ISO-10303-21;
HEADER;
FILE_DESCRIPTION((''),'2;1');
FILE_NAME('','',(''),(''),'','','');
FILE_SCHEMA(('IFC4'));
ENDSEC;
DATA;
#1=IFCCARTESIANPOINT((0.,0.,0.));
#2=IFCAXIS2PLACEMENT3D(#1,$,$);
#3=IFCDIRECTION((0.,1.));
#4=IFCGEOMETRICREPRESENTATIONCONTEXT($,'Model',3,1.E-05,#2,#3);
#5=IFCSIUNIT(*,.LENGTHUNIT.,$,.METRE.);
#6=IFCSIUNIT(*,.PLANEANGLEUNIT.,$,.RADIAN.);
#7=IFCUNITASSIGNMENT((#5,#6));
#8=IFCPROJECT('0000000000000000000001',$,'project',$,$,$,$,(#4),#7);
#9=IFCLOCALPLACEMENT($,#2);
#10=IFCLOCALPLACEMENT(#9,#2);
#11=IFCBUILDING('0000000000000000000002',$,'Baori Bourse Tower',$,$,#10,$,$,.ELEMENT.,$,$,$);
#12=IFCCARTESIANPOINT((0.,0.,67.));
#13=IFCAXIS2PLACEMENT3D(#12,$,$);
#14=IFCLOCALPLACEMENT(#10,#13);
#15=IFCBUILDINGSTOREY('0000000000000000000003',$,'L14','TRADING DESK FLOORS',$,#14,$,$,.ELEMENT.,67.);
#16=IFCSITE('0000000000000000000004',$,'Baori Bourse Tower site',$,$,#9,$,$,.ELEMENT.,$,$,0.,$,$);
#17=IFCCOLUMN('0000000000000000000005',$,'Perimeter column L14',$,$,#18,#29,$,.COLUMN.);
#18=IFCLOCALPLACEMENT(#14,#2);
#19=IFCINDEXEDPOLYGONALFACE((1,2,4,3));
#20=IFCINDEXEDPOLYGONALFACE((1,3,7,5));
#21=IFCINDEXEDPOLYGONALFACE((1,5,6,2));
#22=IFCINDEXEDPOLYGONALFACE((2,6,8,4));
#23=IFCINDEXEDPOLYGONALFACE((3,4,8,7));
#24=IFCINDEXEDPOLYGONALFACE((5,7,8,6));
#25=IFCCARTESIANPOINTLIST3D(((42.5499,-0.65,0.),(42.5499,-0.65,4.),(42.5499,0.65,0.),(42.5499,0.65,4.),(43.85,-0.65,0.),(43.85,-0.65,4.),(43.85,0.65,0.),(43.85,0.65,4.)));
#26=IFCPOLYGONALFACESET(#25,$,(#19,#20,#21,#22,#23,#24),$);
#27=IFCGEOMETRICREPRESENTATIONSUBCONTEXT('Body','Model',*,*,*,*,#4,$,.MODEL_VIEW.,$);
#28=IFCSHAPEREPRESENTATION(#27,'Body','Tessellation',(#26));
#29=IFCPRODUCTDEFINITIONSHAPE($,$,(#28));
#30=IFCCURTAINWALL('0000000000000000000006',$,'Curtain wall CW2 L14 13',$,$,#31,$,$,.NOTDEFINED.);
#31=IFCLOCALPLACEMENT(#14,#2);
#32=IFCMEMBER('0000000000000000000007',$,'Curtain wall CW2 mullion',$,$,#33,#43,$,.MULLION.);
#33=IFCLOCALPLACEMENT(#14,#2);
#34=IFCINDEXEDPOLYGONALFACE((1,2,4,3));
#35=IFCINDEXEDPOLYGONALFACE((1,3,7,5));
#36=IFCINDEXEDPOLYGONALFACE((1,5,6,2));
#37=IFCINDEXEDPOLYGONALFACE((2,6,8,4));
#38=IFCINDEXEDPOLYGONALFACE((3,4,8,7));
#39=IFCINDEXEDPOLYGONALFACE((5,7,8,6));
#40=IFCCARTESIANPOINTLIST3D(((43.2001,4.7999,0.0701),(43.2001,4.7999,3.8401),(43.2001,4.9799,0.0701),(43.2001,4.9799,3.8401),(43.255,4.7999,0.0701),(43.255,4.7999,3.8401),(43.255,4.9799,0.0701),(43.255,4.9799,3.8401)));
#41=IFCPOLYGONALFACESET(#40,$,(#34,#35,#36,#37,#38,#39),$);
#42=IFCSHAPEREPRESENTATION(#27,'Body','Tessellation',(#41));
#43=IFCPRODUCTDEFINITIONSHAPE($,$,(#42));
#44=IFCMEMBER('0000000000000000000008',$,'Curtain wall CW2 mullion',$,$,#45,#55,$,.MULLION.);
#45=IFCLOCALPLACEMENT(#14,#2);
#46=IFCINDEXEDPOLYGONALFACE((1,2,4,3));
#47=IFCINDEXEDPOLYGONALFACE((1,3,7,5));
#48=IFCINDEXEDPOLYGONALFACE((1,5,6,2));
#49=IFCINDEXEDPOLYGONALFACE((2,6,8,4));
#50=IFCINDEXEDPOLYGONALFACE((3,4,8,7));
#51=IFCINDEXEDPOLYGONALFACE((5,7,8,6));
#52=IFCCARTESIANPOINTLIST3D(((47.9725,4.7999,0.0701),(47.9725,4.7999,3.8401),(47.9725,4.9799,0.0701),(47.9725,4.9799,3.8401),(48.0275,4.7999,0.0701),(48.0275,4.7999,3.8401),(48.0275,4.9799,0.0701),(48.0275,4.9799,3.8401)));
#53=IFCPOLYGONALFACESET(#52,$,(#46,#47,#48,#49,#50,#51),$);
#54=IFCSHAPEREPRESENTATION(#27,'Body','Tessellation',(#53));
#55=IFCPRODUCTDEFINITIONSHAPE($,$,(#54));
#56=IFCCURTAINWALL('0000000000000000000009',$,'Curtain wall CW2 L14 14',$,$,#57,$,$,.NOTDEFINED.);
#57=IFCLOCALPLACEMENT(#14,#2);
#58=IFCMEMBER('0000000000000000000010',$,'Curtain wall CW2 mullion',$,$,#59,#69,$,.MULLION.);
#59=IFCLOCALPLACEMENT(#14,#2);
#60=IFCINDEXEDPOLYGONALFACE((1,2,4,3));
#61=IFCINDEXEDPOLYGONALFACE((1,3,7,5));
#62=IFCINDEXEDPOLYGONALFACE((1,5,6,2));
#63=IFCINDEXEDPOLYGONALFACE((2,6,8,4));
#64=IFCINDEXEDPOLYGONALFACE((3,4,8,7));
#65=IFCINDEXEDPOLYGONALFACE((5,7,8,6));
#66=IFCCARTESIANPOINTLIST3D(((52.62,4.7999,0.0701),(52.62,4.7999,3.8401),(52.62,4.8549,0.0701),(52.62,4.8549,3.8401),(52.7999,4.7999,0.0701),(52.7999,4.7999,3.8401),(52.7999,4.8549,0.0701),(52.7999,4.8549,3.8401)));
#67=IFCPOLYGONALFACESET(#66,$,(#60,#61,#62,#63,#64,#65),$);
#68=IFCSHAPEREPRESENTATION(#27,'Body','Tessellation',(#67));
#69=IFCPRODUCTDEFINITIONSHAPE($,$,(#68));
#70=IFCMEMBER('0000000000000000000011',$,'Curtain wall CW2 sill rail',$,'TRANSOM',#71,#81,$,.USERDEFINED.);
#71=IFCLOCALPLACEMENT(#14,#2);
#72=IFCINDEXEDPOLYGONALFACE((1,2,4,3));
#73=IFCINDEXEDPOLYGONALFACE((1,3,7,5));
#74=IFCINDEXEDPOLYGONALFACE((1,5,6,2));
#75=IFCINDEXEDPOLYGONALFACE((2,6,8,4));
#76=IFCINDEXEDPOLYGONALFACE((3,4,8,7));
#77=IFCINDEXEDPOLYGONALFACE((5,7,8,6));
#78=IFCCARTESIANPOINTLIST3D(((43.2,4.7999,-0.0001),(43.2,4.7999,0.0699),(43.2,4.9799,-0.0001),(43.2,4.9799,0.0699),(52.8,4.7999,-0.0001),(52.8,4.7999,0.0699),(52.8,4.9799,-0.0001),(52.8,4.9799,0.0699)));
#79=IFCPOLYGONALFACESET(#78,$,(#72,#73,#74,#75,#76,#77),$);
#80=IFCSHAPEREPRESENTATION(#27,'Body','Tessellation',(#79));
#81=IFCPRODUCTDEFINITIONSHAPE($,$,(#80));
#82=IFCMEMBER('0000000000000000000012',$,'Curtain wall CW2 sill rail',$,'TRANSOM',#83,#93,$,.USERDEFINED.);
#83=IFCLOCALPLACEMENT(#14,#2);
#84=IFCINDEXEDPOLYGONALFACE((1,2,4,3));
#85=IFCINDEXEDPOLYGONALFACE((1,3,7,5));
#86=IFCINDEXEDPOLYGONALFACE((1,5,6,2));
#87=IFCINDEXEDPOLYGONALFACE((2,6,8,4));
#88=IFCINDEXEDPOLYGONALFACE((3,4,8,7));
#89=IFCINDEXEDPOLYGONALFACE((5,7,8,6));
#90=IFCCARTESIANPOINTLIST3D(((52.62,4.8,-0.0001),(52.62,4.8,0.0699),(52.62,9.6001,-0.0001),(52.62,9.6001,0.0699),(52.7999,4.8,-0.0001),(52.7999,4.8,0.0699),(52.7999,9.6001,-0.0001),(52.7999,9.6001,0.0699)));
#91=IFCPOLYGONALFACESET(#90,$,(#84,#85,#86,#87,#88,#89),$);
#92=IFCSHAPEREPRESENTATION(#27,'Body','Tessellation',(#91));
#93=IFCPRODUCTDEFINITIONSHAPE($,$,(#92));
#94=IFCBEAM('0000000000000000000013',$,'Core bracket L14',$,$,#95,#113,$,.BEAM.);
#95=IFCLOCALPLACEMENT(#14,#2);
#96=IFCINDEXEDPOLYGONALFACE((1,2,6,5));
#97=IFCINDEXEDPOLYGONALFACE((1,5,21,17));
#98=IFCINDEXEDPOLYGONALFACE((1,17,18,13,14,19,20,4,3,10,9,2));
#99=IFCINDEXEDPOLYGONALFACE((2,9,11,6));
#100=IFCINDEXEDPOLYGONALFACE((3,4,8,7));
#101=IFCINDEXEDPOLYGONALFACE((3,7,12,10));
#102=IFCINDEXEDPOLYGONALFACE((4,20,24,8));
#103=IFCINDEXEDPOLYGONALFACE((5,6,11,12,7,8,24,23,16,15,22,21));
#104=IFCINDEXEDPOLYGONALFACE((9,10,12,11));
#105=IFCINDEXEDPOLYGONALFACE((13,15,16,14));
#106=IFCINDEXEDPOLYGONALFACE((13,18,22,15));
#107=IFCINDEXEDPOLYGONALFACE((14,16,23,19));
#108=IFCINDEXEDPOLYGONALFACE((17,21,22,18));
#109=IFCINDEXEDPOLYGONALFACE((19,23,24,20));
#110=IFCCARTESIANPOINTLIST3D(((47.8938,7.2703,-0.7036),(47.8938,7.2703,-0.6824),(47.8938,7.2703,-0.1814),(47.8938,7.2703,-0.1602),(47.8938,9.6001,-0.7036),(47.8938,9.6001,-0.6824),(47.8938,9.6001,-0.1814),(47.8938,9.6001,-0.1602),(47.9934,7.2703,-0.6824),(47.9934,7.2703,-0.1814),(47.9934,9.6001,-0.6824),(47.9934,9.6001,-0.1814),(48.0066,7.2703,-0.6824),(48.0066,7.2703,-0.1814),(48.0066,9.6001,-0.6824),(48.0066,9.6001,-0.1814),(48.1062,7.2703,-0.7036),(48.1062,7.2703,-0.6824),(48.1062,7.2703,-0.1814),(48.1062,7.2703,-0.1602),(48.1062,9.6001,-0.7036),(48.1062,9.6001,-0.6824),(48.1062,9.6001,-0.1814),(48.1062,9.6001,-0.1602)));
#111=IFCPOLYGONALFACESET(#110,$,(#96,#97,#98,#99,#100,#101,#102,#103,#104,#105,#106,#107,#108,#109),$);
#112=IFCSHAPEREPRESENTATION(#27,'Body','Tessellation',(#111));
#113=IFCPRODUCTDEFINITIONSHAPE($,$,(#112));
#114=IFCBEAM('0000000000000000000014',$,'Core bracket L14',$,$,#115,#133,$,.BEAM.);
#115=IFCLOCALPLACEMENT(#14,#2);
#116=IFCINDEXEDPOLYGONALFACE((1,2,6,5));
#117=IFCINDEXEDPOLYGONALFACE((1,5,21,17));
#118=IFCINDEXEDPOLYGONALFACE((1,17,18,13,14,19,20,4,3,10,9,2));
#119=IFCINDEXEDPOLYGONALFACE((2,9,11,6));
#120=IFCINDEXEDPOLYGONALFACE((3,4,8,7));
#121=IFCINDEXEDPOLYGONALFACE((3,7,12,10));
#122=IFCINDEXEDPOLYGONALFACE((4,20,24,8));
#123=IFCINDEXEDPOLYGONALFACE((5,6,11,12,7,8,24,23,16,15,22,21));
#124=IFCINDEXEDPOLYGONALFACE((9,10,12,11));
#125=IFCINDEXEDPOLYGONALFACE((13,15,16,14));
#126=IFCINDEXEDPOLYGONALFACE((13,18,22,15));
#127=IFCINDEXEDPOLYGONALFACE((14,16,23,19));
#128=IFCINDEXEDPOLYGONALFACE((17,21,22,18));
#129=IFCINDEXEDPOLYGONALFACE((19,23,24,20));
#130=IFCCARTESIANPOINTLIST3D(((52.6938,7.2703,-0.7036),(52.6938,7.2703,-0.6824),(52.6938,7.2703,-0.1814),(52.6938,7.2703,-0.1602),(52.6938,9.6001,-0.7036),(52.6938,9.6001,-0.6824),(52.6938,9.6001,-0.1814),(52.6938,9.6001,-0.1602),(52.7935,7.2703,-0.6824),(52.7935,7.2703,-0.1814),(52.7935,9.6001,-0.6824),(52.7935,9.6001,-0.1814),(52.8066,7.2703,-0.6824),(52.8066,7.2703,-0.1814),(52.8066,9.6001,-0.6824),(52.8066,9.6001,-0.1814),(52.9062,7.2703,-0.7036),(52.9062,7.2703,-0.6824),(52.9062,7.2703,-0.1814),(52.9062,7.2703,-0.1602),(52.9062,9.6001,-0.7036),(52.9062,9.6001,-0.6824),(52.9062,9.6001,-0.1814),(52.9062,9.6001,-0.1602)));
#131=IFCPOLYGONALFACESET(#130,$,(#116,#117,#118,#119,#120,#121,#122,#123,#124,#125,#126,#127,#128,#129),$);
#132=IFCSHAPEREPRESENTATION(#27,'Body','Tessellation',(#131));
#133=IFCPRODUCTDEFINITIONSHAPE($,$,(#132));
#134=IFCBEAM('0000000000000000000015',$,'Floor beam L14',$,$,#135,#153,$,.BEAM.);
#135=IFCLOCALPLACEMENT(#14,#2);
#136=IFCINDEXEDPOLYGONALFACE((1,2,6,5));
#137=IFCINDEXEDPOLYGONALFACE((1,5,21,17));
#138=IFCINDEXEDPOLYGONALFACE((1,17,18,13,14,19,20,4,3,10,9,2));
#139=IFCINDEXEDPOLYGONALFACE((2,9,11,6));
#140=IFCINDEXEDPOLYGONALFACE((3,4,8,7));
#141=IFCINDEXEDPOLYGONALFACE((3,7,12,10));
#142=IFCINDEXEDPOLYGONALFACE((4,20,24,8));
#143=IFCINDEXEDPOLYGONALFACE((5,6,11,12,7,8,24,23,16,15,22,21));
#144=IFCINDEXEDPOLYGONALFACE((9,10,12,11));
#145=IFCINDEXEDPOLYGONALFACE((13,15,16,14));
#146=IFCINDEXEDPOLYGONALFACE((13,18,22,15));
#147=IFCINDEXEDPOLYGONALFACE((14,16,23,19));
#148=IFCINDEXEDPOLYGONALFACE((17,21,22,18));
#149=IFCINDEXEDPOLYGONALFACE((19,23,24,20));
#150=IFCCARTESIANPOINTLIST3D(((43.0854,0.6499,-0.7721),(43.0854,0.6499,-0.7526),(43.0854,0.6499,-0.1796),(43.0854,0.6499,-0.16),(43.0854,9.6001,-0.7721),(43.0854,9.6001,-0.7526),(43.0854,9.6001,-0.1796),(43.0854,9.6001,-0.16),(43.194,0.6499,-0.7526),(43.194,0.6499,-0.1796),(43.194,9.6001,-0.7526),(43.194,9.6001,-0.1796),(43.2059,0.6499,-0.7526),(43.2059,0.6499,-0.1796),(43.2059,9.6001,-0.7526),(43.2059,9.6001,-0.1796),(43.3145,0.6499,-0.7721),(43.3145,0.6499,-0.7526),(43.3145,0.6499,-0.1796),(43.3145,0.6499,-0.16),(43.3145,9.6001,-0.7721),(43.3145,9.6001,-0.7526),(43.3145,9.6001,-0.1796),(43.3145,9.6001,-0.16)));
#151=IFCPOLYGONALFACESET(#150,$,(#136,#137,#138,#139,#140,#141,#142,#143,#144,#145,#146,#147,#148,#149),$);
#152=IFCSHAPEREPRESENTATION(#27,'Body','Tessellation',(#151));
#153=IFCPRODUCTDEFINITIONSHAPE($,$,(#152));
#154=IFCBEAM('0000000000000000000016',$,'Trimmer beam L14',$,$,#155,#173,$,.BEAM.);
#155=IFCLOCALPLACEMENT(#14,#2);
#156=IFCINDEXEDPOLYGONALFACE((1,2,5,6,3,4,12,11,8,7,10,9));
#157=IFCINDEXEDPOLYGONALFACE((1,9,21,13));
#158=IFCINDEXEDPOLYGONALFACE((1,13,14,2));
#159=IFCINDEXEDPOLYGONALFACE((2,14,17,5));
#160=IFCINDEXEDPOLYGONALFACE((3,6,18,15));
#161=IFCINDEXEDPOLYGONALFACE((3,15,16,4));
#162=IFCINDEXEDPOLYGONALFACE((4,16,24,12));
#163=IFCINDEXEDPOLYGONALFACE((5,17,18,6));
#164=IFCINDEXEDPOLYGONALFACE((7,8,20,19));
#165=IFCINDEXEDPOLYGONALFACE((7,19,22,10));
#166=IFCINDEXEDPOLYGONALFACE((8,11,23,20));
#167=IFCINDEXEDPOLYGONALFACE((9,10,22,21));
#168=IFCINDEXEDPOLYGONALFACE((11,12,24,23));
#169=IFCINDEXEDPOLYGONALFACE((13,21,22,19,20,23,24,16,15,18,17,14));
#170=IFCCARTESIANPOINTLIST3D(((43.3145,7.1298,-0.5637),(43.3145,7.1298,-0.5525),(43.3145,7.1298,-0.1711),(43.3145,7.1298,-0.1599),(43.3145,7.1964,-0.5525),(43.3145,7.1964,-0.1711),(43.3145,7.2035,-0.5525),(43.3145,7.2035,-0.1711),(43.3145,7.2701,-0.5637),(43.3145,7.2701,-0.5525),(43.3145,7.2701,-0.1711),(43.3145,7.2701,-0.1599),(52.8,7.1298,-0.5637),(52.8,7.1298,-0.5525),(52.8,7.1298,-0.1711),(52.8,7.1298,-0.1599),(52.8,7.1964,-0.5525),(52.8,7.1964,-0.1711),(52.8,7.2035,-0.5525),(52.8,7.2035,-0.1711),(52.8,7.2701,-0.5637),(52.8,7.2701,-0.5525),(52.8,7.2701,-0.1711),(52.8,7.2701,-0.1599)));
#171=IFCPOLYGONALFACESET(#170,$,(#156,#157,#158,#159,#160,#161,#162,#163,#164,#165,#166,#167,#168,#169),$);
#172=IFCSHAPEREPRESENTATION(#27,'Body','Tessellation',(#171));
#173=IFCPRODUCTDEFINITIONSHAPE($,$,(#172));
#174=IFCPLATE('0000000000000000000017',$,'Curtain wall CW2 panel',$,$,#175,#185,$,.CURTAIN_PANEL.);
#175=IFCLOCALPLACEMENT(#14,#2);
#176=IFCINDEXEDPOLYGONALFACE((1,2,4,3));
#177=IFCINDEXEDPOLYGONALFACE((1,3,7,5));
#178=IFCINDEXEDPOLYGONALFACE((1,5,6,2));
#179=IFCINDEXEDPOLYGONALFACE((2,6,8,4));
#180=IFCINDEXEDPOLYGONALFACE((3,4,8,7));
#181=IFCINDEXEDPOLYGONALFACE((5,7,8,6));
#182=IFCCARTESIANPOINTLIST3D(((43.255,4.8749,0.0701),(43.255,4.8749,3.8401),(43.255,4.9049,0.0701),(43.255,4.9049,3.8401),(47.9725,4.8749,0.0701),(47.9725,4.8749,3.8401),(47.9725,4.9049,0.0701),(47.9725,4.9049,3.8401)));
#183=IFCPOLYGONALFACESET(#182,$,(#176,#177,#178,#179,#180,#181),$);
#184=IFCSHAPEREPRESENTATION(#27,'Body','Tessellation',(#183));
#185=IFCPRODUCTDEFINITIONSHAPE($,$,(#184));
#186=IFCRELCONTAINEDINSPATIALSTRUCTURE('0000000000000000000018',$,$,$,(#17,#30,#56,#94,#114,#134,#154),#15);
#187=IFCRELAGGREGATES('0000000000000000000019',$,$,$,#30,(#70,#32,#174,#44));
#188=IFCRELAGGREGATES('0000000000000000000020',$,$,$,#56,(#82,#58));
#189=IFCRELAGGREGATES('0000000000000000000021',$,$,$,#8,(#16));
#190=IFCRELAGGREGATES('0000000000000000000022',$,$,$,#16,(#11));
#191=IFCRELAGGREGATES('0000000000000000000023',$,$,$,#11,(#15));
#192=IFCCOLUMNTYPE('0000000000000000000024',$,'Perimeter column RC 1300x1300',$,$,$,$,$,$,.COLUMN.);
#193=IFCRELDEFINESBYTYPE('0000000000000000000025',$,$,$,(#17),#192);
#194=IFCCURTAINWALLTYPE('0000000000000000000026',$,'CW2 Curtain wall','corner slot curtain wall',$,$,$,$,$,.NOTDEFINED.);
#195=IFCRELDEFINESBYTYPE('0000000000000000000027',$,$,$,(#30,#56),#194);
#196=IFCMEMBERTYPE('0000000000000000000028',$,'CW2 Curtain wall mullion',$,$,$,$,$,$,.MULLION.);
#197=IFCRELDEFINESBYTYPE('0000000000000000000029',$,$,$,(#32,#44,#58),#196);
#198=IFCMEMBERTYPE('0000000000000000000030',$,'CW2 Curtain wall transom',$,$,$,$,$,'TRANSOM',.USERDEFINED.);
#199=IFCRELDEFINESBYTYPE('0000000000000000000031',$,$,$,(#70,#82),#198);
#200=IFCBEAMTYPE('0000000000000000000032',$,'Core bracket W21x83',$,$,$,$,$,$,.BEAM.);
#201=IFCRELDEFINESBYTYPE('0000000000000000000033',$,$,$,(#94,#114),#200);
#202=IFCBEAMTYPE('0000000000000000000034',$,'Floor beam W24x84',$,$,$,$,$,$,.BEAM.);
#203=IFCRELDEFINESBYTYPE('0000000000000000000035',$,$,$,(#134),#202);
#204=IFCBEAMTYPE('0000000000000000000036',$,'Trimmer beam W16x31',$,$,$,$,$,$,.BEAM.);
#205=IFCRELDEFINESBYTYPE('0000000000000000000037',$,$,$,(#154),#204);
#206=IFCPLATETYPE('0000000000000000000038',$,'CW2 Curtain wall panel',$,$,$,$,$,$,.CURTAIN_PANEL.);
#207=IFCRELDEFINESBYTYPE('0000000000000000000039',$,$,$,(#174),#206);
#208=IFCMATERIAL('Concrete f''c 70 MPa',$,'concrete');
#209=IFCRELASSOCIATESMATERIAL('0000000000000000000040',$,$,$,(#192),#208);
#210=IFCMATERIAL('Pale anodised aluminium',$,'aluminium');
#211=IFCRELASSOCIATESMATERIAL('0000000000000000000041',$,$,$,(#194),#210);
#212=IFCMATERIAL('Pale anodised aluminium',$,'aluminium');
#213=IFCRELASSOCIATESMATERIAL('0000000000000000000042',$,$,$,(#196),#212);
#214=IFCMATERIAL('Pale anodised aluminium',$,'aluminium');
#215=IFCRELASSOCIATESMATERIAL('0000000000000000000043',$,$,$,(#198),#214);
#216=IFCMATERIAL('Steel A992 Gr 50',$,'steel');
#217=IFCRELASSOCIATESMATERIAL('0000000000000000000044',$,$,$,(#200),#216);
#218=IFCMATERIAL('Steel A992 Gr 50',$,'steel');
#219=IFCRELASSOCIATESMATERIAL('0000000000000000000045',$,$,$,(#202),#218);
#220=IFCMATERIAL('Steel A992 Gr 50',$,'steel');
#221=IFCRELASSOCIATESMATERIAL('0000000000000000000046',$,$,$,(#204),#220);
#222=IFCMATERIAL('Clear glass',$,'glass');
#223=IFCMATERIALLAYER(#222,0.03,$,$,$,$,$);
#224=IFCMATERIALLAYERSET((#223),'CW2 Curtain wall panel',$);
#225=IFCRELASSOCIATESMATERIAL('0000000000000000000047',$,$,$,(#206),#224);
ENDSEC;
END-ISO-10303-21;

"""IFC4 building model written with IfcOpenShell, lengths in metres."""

from ifc_helpers import new_model, si_unit, direction, frame, origin, origin_2d, place, context, subcontext, project, spatial, rectangle, i_section, extrude, material, layer, layer_set, material_profile, profile_set, type_object, element, aggregate, save


model = new_model("IFC4")

# Units and contexts
model_context = context("Model", 3, precision=1e-05, world=origin(), true_north=direction((0.0, 1.0)))
body_context = subcontext(model_context, "Body", "Model", "MODEL_VIEW")
ifc_project = project(units=[si_unit("LENGTHUNIT", "METRE"), si_unit("PLANEANGLEUNIT", "RADIAN")], contexts=[model_context])

# Site, building, storey
site_placement = place(None, origin())
site = spatial("IfcSite", under=ifc_project, at=site_placement, Name="Baori Bourse Tower site", CompositionType="ELEMENT", RefElevation=0.0)
building_placement = place(site_placement, origin())
building = spatial("IfcBuilding", under=site, at=building_placement, Name="Baori Bourse Tower", CompositionType="ELEMENT")
storey_placement = place(building_placement, frame((0.0, 0.0, 67.0)))
storey = spatial("IfcBuildingStorey", under=building, at=storey_placement, Name="L14", Description="TRADING DESK FLOORS", CompositionType="ELEMENT", Elevation=67.0)

# Column
ifc_material_1 = material(Name="Concrete f'c 70 MPa", Category="concrete")
ifc_material_profile_1 = material_profile(ifc_material_1, rectangle(XDim=1.3, YDim=1.3, at=origin_2d()), Name="RC 1300x1300")
ifc_profile_set_1 = profile_set([ifc_material_profile_1], Name="Concrete f'c 70 MPa")
column_type = type_object("IfcColumnType", Name="Perimeter column RC 1300x1300", PredefinedType="COLUMN", material=ifc_profile_set_1)
column_placement = place(storey_placement, frame((43.2, 0.0, 0.0), z_axis=(0.0, 0.0, 1.0), x_axis=(1.0, 0.0, 0.0)))
element("IfcColumn", 1, at=column_placement, inside=storey, type_object=column_type, Name="Perimeter column L14", PredefinedType="COLUMN", context=body_context, shape_type="SweptSolid", body=[
    extrude(rectangle(XDim=1.3, YDim=1.3, at=origin_2d()), origin(), (0.0, 0.0, 1.0), 4.0),
])

# Curtain wall, members
ifc_material_2 = material(Name="Pale anodised aluminium", Category="aluminium")
curtain_wall_type = type_object("IfcCurtainWallType", Name="CW2 Curtain wall", Description="corner slot curtain wall", PredefinedType="NOTDEFINED", material=ifc_material_2)
curtain_wall_1_placement = place(storey_placement, origin())
curtain_wall_1 = element("IfcCurtainWall", 2, at=curtain_wall_1_placement, inside=storey, type_object=curtain_wall_type, Name="Curtain wall CW2 L14 13", PredefinedType="NOTDEFINED")
ifc_material_3 = material(Name="Pale anodised aluminium", Category="aluminium")
ifc_material_profile_2 = material_profile(ifc_material_3, rectangle(XDim=0.1799, YDim=0.0549, at=origin_2d()), Name="Mullion 55x180")
ifc_profile_set_2 = profile_set([ifc_material_profile_2], Name="Pale anodised aluminium")
member_type_1 = type_object("IfcMemberType", Name="CW2 Curtain wall mullion", PredefinedType="MULLION", material=ifc_profile_set_2)
member_1_placement = place(storey_placement, frame((43.2275, 4.8899, 0.0701), z_axis=(0.0, 0.0, 1.0), x_axis=(0.0, 1.0, 0.0)))
member_1 = element("IfcMember", 3, at=member_1_placement, type_object=member_type_1, Name="Curtain wall CW2 mullion", PredefinedType="MULLION", context=body_context, shape_type="SweptSolid", body=[
    extrude(rectangle(XDim=0.1799, YDim=0.0549, at=origin_2d()), origin(), (0.0, 0.0, 1.0), 3.77),
])
member_2_placement = place(storey_placement, frame((48.0, 4.8899, 0.0701), z_axis=(0.0, 0.0, 1.0), x_axis=(0.0, 1.0, 0.0)))
member_2 = element("IfcMember", 4, at=member_2_placement, type_object=member_type_1, Name="Curtain wall CW2 mullion", PredefinedType="MULLION", context=body_context, shape_type="SweptSolid", body=[
    extrude(rectangle(XDim=0.1799, YDim=0.0549, at=origin_2d()), origin(), (0.0, 0.0, 1.0), 3.77),
])

# Curtain wall, member
curtain_wall_2_placement = place(storey_placement, origin())
curtain_wall_2 = element("IfcCurtainWall", 5, at=curtain_wall_2_placement, inside=storey, type_object=curtain_wall_type, Name="Curtain wall CW2 L14 14", PredefinedType="NOTDEFINED")
member_3_placement = place(storey_placement, frame((52.71, 4.8274, 0.0701), z_axis=(0.0, 0.0, 1.0), x_axis=(-1.0, 0.0, 0.0)))
member_3 = element("IfcMember", 6, at=member_3_placement, type_object=member_type_1, Name="Curtain wall CW2 mullion", PredefinedType="MULLION", context=body_context, shape_type="SweptSolid", body=[
    extrude(rectangle(XDim=0.1799, YDim=0.0549, at=origin_2d()), origin(), (0.0, 0.0, 1.0), 3.77),
])

# Members
ifc_material_4 = material(Name="Pale anodised aluminium", Category="aluminium")
ifc_material_profile_3 = material_profile(ifc_material_4, rectangle(XDim=0.1799, YDim=0.0701, at=origin_2d()), Name="Transom 70x180")
ifc_profile_set_3 = profile_set([ifc_material_profile_3], Name="Pale anodised aluminium")
member_type_2 = type_object("IfcMemberType", Name="CW2 Curtain wall transom", ElementType="TRANSOM", PredefinedType="USERDEFINED", material=ifc_profile_set_3)
member_4_placement = place(storey_placement, frame((43.2, 4.8899, 0.0349), z_axis=(1.0, 0.0, 0.0), x_axis=(0.0, 1.0, 0.0)))
member_4 = element("IfcMember", 7, at=member_4_placement, type_object=member_type_2, Name="Curtain wall CW2 sill rail", ObjectType="TRANSOM", PredefinedType="USERDEFINED", context=body_context, shape_type="SweptSolid", body=[
    extrude(rectangle(XDim=0.1799, YDim=0.0701, at=origin_2d()), origin(), (0.0, 0.0, 1.0), 9.6001),
])
member_5_placement = place(storey_placement, frame((52.71, 4.8, 0.0349), z_axis=(0.0, 1.0, 0.0), x_axis=(-1.0, 0.0, 0.0)))
member_5 = element("IfcMember", 8, at=member_5_placement, type_object=member_type_2, Name="Curtain wall CW2 sill rail", ObjectType="TRANSOM", PredefinedType="USERDEFINED", context=body_context, shape_type="SweptSolid", body=[
    extrude(rectangle(XDim=0.1799, YDim=0.0701, at=origin_2d()), origin(), (0.0, 0.0, 1.0), 4.8),
])

# Beams
ifc_material_5 = material(Name="Steel A992 Gr 50", Category="steel")
ifc_material_profile_4 = material_profile(ifc_material_5, i_section(OverallWidth=0.2124, OverallDepth=0.5435, WebThickness=0.0132, FlangeThickness=0.0212, at=origin_2d()), Name="W21x83")
ifc_profile_set_4 = profile_set([ifc_material_profile_4], Name="Steel A992 Gr 50")
beam_type_1 = type_object("IfcBeamType", Name="Core bracket W21x83", PredefinedType="BEAM", material=ifc_profile_set_4)
for number, where, z_axis, x_axis, name in (
    (9, (48.0, 7.2703, -0.4319), (0.0, 1.0, 0.0), (-1.0, 0.0, 0.0), "Core bracket L14"),
    (10, (52.8, 7.2703, -0.4319), (0.0, 1.0, 0.0), (-1.0, 0.0, 0.0), "Core bracket L14"),
):
    element("IfcBeam", number, at=place(storey_placement, frame(where, z_axis=z_axis, x_axis=x_axis)), inside=storey, type_object=beam_type_1, Name=name, PredefinedType="BEAM", context=body_context, shape_type="SweptSolid", body=[
        extrude(i_section(OverallWidth=0.2124, OverallDepth=0.5435, WebThickness=0.0132, FlangeThickness=0.0212, at=origin_2d()), origin(), (0.0, 0.0, 1.0), 2.3298),
    ])
ifc_material_6 = material(Name="Steel A992 Gr 50", Category="steel")
ifc_material_profile_5 = material_profile(ifc_material_6, i_section(OverallWidth=0.229, OverallDepth=0.6121, WebThickness=0.012, FlangeThickness=0.0195, at=origin_2d()), Name="W24x84")
ifc_profile_set_5 = profile_set([ifc_material_profile_5], Name="Steel A992 Gr 50")
beam_type_2 = type_object("IfcBeamType", Name="Floor beam W24x84", PredefinedType="BEAM", material=ifc_profile_set_5)
beam_1_placement = place(storey_placement, frame((43.2, 0.6499, -0.4661), z_axis=(0.0, 1.0, 0.0), x_axis=(-1.0, 0.0, 0.0)))
element("IfcBeam", 11, at=beam_1_placement, inside=storey, type_object=beam_type_2, Name="Floor beam L14", PredefinedType="BEAM", context=body_context, shape_type="SweptSolid", body=[
    extrude(i_section(OverallWidth=0.229, OverallDepth=0.6121, WebThickness=0.012, FlangeThickness=0.0195, at=origin_2d()), origin(), (0.0, 0.0, 1.0), 8.9502),
])
ifc_material_7 = material(Name="Steel A992 Gr 50", Category="steel")
ifc_material_profile_6 = material_profile(ifc_material_7, i_section(OverallWidth=0.1404, OverallDepth=0.4038, WebThickness=0.0071, FlangeThickness=0.0112, at=origin_2d()), Name="W16x31")
ifc_profile_set_6 = profile_set([ifc_material_profile_6], Name="Steel A992 Gr 50")
beam_type_3 = type_object("IfcBeamType", Name="Trimmer beam W16x31", PredefinedType="BEAM", material=ifc_profile_set_6)
beam_2_placement = place(storey_placement, frame((43.3145, 7.2, -0.3618), z_axis=(1.0, 0.0, 0.0), x_axis=(0.0, 1.0, 0.0)))
element("IfcBeam", 12, at=beam_2_placement, inside=storey, type_object=beam_type_3, Name="Trimmer beam L14", PredefinedType="BEAM", context=body_context, shape_type="SweptSolid", body=[
    extrude(i_section(OverallWidth=0.1404, OverallDepth=0.4038, WebThickness=0.0071, FlangeThickness=0.0112, at=origin_2d()), origin(), (0.0, 0.0, 1.0), 9.4856),
])

# Plate
ifc_material_8 = material(Name="Clear glass", Category="glass")
ifc_layer_1 = layer(ifc_material_8, 0.03)
ifc_layer_set_1 = layer_set([ifc_layer_1], Name="CW2 Curtain wall panel")
plate_type = type_object("IfcPlateType", Name="CW2 Curtain wall panel", PredefinedType="CURTAIN_PANEL", material=ifc_layer_set_1)
plate_1_placement = place(storey_placement, frame((45.6138, 4.8899, 0.0701), z_axis=(0.0, 0.0, 1.0), x_axis=(1.0, 0.0, 0.0)))
plate_1 = element("IfcPlate", 13, at=plate_1_placement, type_object=plate_type, Name="Curtain wall CW2 panel", PredefinedType="CURTAIN_PANEL", context=body_context, shape_type="SweptSolid", body=[
    extrude(rectangle(XDim=4.7175, YDim=0.03, at=origin_2d()), origin(), (0.0, 0.0, 1.0), 3.77),
])
aggregate(curtain_wall_1, [member_4, member_1, plate_1, member_2])
aggregate(curtain_wall_2, [member_5, member_3])

save(model, "model.ifc")
